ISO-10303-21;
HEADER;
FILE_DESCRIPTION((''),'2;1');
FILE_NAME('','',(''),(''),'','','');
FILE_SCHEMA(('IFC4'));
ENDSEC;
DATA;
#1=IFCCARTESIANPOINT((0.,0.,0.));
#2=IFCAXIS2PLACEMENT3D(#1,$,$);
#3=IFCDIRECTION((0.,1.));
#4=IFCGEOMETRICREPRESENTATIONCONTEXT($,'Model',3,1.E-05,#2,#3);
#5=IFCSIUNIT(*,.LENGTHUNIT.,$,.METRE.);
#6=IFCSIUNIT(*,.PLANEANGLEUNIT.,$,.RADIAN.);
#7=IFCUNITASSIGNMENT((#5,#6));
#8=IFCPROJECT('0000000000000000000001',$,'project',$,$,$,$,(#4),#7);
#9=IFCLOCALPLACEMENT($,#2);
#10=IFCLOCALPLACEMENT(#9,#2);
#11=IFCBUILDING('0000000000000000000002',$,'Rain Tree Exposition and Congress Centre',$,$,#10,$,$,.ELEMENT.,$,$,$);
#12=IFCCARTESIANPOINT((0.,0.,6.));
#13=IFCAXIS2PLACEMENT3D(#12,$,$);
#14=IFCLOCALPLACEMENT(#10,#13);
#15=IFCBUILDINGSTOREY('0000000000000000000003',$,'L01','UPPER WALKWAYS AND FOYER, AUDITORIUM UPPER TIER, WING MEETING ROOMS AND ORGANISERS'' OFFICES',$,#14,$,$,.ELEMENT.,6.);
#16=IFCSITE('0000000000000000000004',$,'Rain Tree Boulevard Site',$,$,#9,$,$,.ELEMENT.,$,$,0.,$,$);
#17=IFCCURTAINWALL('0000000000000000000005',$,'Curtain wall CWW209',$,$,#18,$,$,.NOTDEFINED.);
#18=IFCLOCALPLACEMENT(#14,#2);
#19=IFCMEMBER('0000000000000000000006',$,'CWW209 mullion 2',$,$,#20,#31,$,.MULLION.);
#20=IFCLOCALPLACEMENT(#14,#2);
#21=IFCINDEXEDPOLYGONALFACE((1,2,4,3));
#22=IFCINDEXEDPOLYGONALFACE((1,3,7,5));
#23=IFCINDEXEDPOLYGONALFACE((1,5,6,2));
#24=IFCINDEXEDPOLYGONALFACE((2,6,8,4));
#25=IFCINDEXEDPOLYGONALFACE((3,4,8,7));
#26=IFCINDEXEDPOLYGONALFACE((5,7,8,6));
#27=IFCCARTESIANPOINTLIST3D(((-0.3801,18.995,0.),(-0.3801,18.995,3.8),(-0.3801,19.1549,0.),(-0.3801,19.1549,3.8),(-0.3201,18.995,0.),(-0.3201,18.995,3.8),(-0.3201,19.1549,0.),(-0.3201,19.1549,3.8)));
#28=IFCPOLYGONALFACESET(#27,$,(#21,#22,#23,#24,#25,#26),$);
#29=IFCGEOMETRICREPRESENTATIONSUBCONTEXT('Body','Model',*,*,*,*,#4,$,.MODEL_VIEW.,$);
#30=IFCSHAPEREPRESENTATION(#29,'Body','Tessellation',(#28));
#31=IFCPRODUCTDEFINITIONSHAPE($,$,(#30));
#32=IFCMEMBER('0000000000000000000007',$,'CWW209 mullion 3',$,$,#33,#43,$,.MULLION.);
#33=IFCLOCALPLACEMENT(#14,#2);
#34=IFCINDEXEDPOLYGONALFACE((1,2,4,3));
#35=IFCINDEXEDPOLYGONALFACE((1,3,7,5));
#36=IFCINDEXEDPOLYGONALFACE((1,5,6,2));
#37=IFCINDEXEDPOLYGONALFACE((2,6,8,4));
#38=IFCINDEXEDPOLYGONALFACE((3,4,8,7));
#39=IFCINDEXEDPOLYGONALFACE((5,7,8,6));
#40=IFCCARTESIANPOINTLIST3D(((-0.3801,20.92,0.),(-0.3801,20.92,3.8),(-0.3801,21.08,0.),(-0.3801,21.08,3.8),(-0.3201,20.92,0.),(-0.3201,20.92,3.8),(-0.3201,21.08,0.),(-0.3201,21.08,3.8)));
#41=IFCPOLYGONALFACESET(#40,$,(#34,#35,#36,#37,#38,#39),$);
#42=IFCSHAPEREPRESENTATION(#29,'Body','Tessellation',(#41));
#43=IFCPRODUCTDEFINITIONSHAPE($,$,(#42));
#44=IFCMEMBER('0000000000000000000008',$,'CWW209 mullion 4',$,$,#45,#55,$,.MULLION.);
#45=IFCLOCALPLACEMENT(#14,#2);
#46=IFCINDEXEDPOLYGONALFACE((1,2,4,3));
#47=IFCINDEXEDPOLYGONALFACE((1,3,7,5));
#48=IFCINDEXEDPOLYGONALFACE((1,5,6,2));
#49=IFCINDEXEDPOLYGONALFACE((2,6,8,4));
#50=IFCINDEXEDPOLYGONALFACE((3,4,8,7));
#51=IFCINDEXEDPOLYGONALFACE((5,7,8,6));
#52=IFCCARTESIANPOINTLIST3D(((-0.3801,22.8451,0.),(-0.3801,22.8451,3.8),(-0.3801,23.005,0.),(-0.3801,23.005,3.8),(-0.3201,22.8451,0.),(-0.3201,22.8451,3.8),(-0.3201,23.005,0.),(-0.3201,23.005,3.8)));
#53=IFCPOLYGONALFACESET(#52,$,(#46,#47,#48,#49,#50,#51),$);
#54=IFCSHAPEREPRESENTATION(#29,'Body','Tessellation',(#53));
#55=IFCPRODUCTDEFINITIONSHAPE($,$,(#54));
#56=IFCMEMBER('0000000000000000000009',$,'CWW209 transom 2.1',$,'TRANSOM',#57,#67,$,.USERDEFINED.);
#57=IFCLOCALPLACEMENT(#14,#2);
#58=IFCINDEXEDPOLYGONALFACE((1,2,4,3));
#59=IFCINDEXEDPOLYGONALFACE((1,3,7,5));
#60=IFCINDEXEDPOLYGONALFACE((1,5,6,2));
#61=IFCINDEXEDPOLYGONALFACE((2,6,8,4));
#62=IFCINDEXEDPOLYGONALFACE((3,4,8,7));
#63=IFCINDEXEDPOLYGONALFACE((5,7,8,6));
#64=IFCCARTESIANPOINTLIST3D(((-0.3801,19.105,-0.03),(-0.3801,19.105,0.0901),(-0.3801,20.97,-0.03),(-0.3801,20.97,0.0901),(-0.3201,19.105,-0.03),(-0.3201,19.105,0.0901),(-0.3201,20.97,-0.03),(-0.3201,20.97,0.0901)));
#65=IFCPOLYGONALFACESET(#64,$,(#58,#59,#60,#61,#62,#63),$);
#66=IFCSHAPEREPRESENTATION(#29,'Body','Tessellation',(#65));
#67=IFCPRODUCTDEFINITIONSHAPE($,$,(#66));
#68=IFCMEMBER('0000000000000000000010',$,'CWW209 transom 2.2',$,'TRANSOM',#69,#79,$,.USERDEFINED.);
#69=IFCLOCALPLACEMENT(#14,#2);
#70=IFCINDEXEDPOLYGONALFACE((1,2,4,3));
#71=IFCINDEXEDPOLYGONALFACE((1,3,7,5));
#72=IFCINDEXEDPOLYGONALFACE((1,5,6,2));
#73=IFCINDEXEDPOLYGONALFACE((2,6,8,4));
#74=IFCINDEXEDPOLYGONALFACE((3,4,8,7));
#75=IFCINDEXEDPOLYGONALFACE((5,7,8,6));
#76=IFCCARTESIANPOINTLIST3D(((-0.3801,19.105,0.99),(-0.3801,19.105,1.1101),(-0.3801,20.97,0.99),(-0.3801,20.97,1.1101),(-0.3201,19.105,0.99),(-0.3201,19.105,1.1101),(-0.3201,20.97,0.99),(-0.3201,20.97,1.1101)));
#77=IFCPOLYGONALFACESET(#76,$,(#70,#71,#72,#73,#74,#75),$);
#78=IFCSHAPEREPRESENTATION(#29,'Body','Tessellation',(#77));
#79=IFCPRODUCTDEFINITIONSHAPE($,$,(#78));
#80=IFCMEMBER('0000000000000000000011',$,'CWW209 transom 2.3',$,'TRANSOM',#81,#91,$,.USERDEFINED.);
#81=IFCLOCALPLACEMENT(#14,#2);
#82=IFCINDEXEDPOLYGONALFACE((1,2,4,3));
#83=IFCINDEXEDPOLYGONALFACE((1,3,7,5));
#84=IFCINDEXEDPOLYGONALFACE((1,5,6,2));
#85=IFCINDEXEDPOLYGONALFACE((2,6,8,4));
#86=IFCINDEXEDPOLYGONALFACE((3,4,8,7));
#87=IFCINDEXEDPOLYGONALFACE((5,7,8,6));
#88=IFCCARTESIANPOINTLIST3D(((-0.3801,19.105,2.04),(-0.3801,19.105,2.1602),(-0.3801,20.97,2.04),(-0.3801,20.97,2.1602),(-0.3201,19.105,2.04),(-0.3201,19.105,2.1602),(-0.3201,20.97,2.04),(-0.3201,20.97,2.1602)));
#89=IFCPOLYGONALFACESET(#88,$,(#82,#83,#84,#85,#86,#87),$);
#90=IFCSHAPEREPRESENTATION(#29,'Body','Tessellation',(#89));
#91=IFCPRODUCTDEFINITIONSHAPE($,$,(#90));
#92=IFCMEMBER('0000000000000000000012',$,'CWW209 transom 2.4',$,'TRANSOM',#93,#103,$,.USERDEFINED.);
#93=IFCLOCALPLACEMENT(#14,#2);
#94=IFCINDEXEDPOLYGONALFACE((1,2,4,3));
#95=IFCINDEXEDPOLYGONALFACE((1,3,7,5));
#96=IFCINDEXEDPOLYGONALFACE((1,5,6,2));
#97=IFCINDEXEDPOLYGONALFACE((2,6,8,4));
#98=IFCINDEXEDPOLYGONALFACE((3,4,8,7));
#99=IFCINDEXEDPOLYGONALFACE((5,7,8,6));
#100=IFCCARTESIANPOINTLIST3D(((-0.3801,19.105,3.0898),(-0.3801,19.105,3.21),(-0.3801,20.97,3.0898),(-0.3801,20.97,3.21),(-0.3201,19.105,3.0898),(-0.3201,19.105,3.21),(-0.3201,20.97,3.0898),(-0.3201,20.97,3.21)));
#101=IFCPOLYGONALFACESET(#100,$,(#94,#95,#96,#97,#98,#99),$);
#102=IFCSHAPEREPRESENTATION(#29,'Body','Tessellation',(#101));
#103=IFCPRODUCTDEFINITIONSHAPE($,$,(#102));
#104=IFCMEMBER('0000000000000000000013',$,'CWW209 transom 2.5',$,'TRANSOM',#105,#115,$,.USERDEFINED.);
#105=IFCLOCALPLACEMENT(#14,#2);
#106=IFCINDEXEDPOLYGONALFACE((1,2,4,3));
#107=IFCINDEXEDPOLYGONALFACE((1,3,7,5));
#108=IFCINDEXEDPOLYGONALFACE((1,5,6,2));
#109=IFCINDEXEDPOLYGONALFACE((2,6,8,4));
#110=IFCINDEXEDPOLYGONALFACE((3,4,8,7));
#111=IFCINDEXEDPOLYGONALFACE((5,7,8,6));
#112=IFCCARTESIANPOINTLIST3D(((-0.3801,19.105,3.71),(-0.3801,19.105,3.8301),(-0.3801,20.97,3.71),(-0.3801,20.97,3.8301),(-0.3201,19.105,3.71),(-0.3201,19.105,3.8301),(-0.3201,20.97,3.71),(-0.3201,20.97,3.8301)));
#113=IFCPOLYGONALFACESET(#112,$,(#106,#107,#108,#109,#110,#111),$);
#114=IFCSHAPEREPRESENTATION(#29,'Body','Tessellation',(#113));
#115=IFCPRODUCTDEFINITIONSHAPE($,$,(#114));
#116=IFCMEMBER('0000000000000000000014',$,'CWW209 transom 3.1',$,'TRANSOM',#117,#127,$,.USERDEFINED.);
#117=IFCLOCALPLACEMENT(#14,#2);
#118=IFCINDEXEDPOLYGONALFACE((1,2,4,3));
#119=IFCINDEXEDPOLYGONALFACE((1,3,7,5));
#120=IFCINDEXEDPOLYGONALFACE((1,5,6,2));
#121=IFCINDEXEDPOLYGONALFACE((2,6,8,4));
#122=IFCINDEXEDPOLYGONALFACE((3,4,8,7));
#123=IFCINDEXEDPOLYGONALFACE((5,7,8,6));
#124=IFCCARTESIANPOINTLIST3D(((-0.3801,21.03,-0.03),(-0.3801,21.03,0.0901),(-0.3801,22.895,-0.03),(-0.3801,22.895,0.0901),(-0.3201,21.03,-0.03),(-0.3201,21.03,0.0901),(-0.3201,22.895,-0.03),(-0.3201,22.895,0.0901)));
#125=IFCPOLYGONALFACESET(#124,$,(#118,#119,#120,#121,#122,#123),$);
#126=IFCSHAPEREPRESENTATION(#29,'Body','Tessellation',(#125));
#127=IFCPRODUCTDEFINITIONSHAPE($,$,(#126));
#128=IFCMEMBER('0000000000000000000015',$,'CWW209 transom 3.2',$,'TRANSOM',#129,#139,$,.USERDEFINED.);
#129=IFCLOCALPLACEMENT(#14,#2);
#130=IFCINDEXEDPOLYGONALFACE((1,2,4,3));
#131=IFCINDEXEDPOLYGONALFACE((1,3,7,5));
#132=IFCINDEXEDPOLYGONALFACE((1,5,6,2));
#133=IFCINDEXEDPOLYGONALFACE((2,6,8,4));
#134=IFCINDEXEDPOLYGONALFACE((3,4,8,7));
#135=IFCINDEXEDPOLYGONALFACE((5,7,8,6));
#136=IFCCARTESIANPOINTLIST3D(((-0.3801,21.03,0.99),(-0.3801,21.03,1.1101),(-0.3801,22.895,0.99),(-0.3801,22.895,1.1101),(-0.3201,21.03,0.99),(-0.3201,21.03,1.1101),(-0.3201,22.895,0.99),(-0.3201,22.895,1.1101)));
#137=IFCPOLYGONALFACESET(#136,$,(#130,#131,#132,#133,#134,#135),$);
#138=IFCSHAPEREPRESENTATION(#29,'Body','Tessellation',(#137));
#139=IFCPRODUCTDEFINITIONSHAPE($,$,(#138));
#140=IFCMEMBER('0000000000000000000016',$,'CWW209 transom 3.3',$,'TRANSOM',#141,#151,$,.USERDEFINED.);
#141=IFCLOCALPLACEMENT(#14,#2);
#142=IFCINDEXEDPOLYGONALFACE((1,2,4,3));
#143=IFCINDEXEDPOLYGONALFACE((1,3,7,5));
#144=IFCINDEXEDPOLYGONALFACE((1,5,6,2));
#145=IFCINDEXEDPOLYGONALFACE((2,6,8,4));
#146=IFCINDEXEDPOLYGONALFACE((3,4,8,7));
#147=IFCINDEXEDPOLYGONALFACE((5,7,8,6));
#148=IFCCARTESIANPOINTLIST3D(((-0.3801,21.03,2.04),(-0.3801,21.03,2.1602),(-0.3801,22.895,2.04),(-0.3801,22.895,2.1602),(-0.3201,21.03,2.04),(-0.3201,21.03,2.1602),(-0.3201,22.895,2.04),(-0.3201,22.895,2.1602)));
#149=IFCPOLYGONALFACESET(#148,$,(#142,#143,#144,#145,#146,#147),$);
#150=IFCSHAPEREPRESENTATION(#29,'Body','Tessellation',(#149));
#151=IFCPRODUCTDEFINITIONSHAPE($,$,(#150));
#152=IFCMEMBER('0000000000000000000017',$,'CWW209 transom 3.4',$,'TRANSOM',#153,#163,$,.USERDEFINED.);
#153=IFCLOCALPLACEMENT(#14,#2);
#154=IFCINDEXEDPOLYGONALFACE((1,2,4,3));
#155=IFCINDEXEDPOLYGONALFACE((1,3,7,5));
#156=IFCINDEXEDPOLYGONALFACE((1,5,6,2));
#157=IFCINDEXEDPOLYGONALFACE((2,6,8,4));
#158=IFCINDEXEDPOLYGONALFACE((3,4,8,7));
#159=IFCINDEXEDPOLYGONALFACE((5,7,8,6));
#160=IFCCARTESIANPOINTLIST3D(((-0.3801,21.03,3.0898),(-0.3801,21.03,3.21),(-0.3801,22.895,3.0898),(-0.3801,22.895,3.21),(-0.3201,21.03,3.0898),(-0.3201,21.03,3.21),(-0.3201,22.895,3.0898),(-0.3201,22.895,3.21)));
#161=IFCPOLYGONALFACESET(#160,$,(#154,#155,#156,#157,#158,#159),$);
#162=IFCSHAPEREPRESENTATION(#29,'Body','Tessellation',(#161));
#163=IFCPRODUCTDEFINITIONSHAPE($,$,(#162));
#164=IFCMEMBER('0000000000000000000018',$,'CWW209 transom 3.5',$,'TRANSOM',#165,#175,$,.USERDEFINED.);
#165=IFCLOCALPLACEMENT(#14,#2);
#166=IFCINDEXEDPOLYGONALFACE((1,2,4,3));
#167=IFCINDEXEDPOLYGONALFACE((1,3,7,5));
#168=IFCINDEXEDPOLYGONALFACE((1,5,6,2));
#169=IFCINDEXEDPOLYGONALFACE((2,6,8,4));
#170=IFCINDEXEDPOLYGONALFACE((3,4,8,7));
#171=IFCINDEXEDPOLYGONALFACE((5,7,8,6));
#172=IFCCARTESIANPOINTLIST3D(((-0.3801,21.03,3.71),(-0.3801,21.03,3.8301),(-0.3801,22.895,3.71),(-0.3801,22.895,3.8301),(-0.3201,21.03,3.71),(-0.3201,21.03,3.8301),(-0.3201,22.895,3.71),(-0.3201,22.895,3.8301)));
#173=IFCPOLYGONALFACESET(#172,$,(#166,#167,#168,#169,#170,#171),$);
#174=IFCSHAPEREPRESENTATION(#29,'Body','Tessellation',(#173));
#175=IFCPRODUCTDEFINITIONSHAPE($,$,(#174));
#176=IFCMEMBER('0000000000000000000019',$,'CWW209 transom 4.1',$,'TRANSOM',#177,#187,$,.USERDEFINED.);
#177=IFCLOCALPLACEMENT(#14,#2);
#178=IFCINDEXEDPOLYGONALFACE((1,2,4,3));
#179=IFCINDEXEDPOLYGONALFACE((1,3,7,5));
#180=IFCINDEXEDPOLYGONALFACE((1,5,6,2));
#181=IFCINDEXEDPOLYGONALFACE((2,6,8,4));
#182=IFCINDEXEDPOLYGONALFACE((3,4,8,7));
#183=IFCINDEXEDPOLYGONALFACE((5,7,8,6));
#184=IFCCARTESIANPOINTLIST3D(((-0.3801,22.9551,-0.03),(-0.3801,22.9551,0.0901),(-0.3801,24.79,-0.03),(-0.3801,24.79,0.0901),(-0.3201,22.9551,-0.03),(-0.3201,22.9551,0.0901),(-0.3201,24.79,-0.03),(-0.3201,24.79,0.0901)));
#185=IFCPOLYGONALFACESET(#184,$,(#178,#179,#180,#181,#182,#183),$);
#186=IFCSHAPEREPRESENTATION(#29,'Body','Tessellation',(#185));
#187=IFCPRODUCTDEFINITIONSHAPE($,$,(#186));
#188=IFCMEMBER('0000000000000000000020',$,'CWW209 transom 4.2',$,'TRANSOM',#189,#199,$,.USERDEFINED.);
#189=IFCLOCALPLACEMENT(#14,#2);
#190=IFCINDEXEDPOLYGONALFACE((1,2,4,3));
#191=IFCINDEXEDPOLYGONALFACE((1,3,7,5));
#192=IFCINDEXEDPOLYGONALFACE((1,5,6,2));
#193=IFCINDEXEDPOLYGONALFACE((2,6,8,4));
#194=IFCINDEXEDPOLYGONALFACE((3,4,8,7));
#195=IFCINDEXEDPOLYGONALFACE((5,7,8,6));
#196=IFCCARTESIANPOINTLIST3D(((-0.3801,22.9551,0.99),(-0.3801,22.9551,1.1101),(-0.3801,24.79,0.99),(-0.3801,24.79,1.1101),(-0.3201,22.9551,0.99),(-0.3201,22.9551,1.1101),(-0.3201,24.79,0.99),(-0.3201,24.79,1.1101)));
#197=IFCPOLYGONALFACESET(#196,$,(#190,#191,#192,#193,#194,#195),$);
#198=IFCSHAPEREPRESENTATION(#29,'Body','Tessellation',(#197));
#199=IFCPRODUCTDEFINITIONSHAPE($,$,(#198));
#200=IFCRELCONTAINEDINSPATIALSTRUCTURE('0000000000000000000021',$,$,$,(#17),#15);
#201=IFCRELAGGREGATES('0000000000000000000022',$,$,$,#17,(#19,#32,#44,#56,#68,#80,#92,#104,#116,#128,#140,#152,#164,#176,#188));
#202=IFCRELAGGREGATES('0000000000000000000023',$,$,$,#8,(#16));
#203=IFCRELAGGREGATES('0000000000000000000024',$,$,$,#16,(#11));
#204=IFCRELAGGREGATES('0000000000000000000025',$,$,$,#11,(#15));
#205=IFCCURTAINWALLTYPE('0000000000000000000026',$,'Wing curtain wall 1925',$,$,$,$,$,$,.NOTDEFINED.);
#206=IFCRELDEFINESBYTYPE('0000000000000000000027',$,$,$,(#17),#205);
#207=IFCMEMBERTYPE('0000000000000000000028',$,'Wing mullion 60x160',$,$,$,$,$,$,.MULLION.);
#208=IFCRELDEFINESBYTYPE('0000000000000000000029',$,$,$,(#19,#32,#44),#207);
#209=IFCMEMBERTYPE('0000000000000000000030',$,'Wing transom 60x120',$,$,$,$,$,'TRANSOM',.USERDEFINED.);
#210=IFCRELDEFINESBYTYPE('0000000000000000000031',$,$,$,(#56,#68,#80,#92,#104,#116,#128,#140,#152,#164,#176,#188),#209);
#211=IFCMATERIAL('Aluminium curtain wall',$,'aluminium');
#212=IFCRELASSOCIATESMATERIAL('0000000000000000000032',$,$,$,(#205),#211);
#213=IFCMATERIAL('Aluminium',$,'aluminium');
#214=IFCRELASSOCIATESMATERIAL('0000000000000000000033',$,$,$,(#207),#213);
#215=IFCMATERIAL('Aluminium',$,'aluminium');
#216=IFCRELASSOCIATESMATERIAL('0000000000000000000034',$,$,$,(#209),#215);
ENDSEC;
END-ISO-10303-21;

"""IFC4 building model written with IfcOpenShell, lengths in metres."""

from ifc_helpers import new_model, si_unit, direction, frame, origin, origin_2d, place, context, subcontext, project, spatial, rectangle, extrude, material, material_profile, profile_set, type_object, element, aggregate, save


model = new_model("IFC4")

# Units and contexts
model_context = context("Model", 3, precision=1e-05, world=origin(), true_north=direction((0.0, 1.0)))
body_context = subcontext(model_context, "Body", "Model", "MODEL_VIEW")
ifc_project = project(units=[si_unit("LENGTHUNIT", "METRE"), si_unit("PLANEANGLEUNIT", "RADIAN")], contexts=[model_context])

# Site, building, storey
site_placement = place(None, origin())
site = spatial("IfcSite", under=ifc_project, at=site_placement, Name="Rain Tree Boulevard Site", CompositionType="ELEMENT", RefElevation=0.0)
building_placement = place(site_placement, origin())
building = spatial("IfcBuilding", under=site, at=building_placement, Name="Rain Tree Exposition and Congress Centre", CompositionType="ELEMENT")
storey_placement = place(building_placement, frame((0.0, 0.0, 6.0)))
storey = spatial("IfcBuildingStorey", under=building, at=storey_placement, Name="L01", Description="UPPER WALKWAYS AND FOYER, AUDITORIUM UPPER TIER, WING MEETING ROOMS AND ORGANISERS' OFFICES", CompositionType="ELEMENT", Elevation=6.0)

# Curtain wall, members
ifc_material_1 = material(Name="Aluminium curtain wall", Category="aluminium")
curtain_wall_type = type_object("IfcCurtainWallType", Name="Wing curtain wall 1925", PredefinedType="NOTDEFINED", material=ifc_material_1)
curtain_wall_placement = place(storey_placement, origin())
curtain_wall = element("IfcCurtainWall", 1, at=curtain_wall_placement, inside=storey, type_object=curtain_wall_type, Name="Curtain wall CWW209", PredefinedType="NOTDEFINED")
ifc_material_2 = material(Name="Aluminium", Category="aluminium")
ifc_material_profile_1 = material_profile(ifc_material_2, rectangle(XDim=0.0601, YDim=0.1599, at=origin_2d()), Name="Aluminium 60x160")
ifc_profile_set_1 = profile_set([ifc_material_profile_1], Name="Aluminium")
member_type_1 = type_object("IfcMemberType", Name="Wing mullion 60x160", PredefinedType="MULLION", material=ifc_profile_set_1)
member_1_placement = place(storey_placement, frame((-0.3501, 19.075, 0.0), z_axis=(0.0, 0.0, 1.0), x_axis=(-1.0, 0.0, 0.0)))
member_1 = element("IfcMember", 2, at=member_1_placement, type_object=member_type_1, Name="CWW209 mullion 2", PredefinedType="MULLION", context=body_context, shape_type="SweptSolid", body=[
    extrude(rectangle(XDim=0.0601, YDim=0.1599, at=origin_2d()), origin(), (0.0, 0.0, 1.0), 3.8),
])
member_2_placement = place(storey_placement, frame((-0.3501, 21.0, 0.0), z_axis=(0.0, 0.0, 1.0), x_axis=(-1.0, 0.0, 0.0)))
member_2 = element("IfcMember", 3, at=member_2_placement, type_object=member_type_1, Name="CWW209 mullion 3", PredefinedType="MULLION", context=body_context, shape_type="SweptSolid", body=[
    extrude(rectangle(XDim=0.0601, YDim=0.1599, at=origin_2d()), origin(), (0.0, 0.0, 1.0), 3.8),
])
member_3_placement = place(storey_placement, frame((-0.3501, 22.925, 0.0), z_axis=(0.0, 0.0, 1.0), x_axis=(-1.0, 0.0, 0.0)))
member_3 = element("IfcMember", 4, at=member_3_placement, type_object=member_type_1, Name="CWW209 mullion 4", PredefinedType="MULLION", context=body_context, shape_type="SweptSolid", body=[
    extrude(rectangle(XDim=0.0601, YDim=0.1599, at=origin_2d()), origin(), (0.0, 0.0, 1.0), 3.8),
])
ifc_material_3 = material(Name="Aluminium", Category="aluminium")
ifc_material_profile_2 = material_profile(ifc_material_3, rectangle(XDim=0.0601, YDim=0.1201, at=origin_2d()), Name="Aluminium 60x120")
ifc_profile_set_2 = profile_set([ifc_material_profile_2], Name="Aluminium")
member_type_2 = type_object("IfcMemberType", Name="Wing transom 60x120", ElementType="TRANSOM", PredefinedType="USERDEFINED", material=ifc_profile_set_2)
member_4_placement = place(storey_placement, frame((-0.3501, 19.105, 0.03), z_axis=(0.0, 1.0, 0.0), x_axis=(-1.0, 0.0, 0.0)))
member_4 = element("IfcMember", 5, at=member_4_placement, type_object=member_type_2, Name="CWW209 transom 2.1", ObjectType="TRANSOM", PredefinedType="USERDEFINED", context=body_context, shape_type="SweptSolid", body=[
    extrude(rectangle(XDim=0.0601, YDim=0.1201, at=origin_2d()), origin(), (0.0, 0.0, 1.0), 1.865),
])
member_5_placement = place(storey_placement, frame((-0.3501, 19.105, 1.05), z_axis=(0.0, 1.0, 0.0), x_axis=(-1.0, 0.0, 0.0)))
member_5 = element("IfcMember", 6, at=member_5_placement, type_object=member_type_2, Name="CWW209 transom 2.2", ObjectType="TRANSOM", PredefinedType="USERDEFINED", context=body_context, shape_type="SweptSolid", body=[
    extrude(rectangle(XDim=0.0601, YDim=0.1201, at=origin_2d()), origin(), (0.0, 0.0, 1.0), 1.865),
])
member_6_placement = place(storey_placement, frame((-0.3501, 19.105, 2.1001), z_axis=(0.0, 1.0, 0.0), x_axis=(-1.0, 0.0, 0.0)))
member_6 = element("IfcMember", 7, at=member_6_placement, type_object=member_type_2, Name="CWW209 transom 2.3", ObjectType="TRANSOM", PredefinedType="USERDEFINED", context=body_context, shape_type="SweptSolid", body=[
    extrude(rectangle(XDim=0.0601, YDim=0.1201, at=origin_2d()), origin(), (0.0, 0.0, 1.0), 1.865),
])
member_7_placement = place(storey_placement, frame((-0.3501, 19.105, 3.1499), z_axis=(0.0, 1.0, 0.0), x_axis=(-1.0, 0.0, 0.0)))
member_7 = element("IfcMember", 8, at=member_7_placement, type_object=member_type_2, Name="CWW209 transom 2.4", ObjectType="TRANSOM", PredefinedType="USERDEFINED", context=body_context, shape_type="SweptSolid", body=[
    extrude(rectangle(XDim=0.0601, YDim=0.1201, at=origin_2d()), origin(), (0.0, 0.0, 1.0), 1.865),
])
member_8_placement = place(storey_placement, frame((-0.3501, 19.105, 3.77), z_axis=(0.0, 1.0, 0.0), x_axis=(-1.0, 0.0, 0.0)))
member_8 = element("IfcMember", 9, at=member_8_placement, type_object=member_type_2, Name="CWW209 transom 2.5", ObjectType="TRANSOM", PredefinedType="USERDEFINED", context=body_context, shape_type="SweptSolid", body=[
    extrude(rectangle(XDim=0.0601, YDim=0.1201, at=origin_2d()), origin(), (0.0, 0.0, 1.0), 1.865),
])
member_9_placement = place(storey_placement, frame((-0.3501, 21.03, 0.03), z_axis=(0.0, 1.0, 0.0), x_axis=(-1.0, 0.0, 0.0)))
member_9 = element("IfcMember", 10, at=member_9_placement, type_object=member_type_2, Name="CWW209 transom 3.1", ObjectType="TRANSOM", PredefinedType="USERDEFINED", context=body_context, shape_type="SweptSolid", body=[
    extrude(rectangle(XDim=0.0601, YDim=0.1201, at=origin_2d()), origin(), (0.0, 0.0, 1.0), 1.865),
])
member_10_placement = place(storey_placement, frame((-0.3501, 21.03, 1.05), z_axis=(0.0, 1.0, 0.0), x_axis=(-1.0, 0.0, 0.0)))
member_10 = element("IfcMember", 11, at=member_10_placement, type_object=member_type_2, Name="CWW209 transom 3.2", ObjectType="TRANSOM", PredefinedType="USERDEFINED", context=body_context, shape_type="SweptSolid", body=[
    extrude(rectangle(XDim=0.0601, YDim=0.1201, at=origin_2d()), origin(), (0.0, 0.0, 1.0), 1.865),
])
member_11_placement = place(storey_placement, frame((-0.3501, 21.03, 2.1001), z_axis=(0.0, 1.0, 0.0), x_axis=(-1.0, 0.0, 0.0)))
member_11 = element("IfcMember", 12, at=member_11_placement, type_object=member_type_2, Name="CWW209 transom 3.3", ObjectType="TRANSOM", PredefinedType="USERDEFINED", context=body_context, shape_type="SweptSolid", body=[
    extrude(rectangle(XDim=0.0601, YDim=0.1201, at=origin_2d()), origin(), (0.0, 0.0, 1.0), 1.865),
])
member_12_placement = place(storey_placement, frame((-0.3501, 21.03, 3.1499), z_axis=(0.0, 1.0, 0.0), x_axis=(-1.0, 0.0, 0.0)))
member_12 = element("IfcMember", 13, at=member_12_placement, type_object=member_type_2, Name="CWW209 transom 3.4", ObjectType="TRANSOM", PredefinedType="USERDEFINED", context=body_context, shape_type="SweptSolid", body=[
    extrude(rectangle(XDim=0.0601, YDim=0.1201, at=origin_2d()), origin(), (0.0, 0.0, 1.0), 1.865),
])
member_13_placement = place(storey_placement, frame((-0.3501, 21.03, 3.77), z_axis=(0.0, 1.0, 0.0), x_axis=(-1.0, 0.0, 0.0)))
member_13 = element("IfcMember", 14, at=member_13_placement, type_object=member_type_2, Name="CWW209 transom 3.5", ObjectType="TRANSOM", PredefinedType="USERDEFINED", context=body_context, shape_type="SweptSolid", body=[
    extrude(rectangle(XDim=0.0601, YDim=0.1201, at=origin_2d()), origin(), (0.0, 0.0, 1.0), 1.865),
])
member_14_placement = place(storey_placement, frame((-0.3501, 22.9551, 0.03), z_axis=(0.0, 1.0, 0.0), x_axis=(-1.0, 0.0, 0.0)))
member_14 = element("IfcMember", 15, at=member_14_placement, type_object=member_type_2, Name="CWW209 transom 4.1", ObjectType="TRANSOM", PredefinedType="USERDEFINED", context=body_context, shape_type="SweptSolid", body=[
    extrude(rectangle(XDim=0.0601, YDim=0.1201, at=origin_2d()), origin(), (0.0, 0.0, 1.0), 1.835),
])
member_15_placement = place(storey_placement, frame((-0.3501, 22.9551, 1.05), z_axis=(0.0, 1.0, 0.0), x_axis=(-1.0, 0.0, 0.0)))
member_15 = element("IfcMember", 16, at=member_15_placement, type_object=member_type_2, Name="CWW209 transom 4.2", ObjectType="TRANSOM", PredefinedType="USERDEFINED", context=body_context, shape_type="SweptSolid", body=[
    extrude(rectangle(XDim=0.0601, YDim=0.1201, at=origin_2d()), origin(), (0.0, 0.0, 1.0), 1.835),
])
aggregate(curtain_wall, [member_1, member_2, member_3, member_4, member_5, member_6, member_7, member_8, member_9, member_10, member_11, member_12, member_13, member_14, member_15])

save(model, "model.ifc")
